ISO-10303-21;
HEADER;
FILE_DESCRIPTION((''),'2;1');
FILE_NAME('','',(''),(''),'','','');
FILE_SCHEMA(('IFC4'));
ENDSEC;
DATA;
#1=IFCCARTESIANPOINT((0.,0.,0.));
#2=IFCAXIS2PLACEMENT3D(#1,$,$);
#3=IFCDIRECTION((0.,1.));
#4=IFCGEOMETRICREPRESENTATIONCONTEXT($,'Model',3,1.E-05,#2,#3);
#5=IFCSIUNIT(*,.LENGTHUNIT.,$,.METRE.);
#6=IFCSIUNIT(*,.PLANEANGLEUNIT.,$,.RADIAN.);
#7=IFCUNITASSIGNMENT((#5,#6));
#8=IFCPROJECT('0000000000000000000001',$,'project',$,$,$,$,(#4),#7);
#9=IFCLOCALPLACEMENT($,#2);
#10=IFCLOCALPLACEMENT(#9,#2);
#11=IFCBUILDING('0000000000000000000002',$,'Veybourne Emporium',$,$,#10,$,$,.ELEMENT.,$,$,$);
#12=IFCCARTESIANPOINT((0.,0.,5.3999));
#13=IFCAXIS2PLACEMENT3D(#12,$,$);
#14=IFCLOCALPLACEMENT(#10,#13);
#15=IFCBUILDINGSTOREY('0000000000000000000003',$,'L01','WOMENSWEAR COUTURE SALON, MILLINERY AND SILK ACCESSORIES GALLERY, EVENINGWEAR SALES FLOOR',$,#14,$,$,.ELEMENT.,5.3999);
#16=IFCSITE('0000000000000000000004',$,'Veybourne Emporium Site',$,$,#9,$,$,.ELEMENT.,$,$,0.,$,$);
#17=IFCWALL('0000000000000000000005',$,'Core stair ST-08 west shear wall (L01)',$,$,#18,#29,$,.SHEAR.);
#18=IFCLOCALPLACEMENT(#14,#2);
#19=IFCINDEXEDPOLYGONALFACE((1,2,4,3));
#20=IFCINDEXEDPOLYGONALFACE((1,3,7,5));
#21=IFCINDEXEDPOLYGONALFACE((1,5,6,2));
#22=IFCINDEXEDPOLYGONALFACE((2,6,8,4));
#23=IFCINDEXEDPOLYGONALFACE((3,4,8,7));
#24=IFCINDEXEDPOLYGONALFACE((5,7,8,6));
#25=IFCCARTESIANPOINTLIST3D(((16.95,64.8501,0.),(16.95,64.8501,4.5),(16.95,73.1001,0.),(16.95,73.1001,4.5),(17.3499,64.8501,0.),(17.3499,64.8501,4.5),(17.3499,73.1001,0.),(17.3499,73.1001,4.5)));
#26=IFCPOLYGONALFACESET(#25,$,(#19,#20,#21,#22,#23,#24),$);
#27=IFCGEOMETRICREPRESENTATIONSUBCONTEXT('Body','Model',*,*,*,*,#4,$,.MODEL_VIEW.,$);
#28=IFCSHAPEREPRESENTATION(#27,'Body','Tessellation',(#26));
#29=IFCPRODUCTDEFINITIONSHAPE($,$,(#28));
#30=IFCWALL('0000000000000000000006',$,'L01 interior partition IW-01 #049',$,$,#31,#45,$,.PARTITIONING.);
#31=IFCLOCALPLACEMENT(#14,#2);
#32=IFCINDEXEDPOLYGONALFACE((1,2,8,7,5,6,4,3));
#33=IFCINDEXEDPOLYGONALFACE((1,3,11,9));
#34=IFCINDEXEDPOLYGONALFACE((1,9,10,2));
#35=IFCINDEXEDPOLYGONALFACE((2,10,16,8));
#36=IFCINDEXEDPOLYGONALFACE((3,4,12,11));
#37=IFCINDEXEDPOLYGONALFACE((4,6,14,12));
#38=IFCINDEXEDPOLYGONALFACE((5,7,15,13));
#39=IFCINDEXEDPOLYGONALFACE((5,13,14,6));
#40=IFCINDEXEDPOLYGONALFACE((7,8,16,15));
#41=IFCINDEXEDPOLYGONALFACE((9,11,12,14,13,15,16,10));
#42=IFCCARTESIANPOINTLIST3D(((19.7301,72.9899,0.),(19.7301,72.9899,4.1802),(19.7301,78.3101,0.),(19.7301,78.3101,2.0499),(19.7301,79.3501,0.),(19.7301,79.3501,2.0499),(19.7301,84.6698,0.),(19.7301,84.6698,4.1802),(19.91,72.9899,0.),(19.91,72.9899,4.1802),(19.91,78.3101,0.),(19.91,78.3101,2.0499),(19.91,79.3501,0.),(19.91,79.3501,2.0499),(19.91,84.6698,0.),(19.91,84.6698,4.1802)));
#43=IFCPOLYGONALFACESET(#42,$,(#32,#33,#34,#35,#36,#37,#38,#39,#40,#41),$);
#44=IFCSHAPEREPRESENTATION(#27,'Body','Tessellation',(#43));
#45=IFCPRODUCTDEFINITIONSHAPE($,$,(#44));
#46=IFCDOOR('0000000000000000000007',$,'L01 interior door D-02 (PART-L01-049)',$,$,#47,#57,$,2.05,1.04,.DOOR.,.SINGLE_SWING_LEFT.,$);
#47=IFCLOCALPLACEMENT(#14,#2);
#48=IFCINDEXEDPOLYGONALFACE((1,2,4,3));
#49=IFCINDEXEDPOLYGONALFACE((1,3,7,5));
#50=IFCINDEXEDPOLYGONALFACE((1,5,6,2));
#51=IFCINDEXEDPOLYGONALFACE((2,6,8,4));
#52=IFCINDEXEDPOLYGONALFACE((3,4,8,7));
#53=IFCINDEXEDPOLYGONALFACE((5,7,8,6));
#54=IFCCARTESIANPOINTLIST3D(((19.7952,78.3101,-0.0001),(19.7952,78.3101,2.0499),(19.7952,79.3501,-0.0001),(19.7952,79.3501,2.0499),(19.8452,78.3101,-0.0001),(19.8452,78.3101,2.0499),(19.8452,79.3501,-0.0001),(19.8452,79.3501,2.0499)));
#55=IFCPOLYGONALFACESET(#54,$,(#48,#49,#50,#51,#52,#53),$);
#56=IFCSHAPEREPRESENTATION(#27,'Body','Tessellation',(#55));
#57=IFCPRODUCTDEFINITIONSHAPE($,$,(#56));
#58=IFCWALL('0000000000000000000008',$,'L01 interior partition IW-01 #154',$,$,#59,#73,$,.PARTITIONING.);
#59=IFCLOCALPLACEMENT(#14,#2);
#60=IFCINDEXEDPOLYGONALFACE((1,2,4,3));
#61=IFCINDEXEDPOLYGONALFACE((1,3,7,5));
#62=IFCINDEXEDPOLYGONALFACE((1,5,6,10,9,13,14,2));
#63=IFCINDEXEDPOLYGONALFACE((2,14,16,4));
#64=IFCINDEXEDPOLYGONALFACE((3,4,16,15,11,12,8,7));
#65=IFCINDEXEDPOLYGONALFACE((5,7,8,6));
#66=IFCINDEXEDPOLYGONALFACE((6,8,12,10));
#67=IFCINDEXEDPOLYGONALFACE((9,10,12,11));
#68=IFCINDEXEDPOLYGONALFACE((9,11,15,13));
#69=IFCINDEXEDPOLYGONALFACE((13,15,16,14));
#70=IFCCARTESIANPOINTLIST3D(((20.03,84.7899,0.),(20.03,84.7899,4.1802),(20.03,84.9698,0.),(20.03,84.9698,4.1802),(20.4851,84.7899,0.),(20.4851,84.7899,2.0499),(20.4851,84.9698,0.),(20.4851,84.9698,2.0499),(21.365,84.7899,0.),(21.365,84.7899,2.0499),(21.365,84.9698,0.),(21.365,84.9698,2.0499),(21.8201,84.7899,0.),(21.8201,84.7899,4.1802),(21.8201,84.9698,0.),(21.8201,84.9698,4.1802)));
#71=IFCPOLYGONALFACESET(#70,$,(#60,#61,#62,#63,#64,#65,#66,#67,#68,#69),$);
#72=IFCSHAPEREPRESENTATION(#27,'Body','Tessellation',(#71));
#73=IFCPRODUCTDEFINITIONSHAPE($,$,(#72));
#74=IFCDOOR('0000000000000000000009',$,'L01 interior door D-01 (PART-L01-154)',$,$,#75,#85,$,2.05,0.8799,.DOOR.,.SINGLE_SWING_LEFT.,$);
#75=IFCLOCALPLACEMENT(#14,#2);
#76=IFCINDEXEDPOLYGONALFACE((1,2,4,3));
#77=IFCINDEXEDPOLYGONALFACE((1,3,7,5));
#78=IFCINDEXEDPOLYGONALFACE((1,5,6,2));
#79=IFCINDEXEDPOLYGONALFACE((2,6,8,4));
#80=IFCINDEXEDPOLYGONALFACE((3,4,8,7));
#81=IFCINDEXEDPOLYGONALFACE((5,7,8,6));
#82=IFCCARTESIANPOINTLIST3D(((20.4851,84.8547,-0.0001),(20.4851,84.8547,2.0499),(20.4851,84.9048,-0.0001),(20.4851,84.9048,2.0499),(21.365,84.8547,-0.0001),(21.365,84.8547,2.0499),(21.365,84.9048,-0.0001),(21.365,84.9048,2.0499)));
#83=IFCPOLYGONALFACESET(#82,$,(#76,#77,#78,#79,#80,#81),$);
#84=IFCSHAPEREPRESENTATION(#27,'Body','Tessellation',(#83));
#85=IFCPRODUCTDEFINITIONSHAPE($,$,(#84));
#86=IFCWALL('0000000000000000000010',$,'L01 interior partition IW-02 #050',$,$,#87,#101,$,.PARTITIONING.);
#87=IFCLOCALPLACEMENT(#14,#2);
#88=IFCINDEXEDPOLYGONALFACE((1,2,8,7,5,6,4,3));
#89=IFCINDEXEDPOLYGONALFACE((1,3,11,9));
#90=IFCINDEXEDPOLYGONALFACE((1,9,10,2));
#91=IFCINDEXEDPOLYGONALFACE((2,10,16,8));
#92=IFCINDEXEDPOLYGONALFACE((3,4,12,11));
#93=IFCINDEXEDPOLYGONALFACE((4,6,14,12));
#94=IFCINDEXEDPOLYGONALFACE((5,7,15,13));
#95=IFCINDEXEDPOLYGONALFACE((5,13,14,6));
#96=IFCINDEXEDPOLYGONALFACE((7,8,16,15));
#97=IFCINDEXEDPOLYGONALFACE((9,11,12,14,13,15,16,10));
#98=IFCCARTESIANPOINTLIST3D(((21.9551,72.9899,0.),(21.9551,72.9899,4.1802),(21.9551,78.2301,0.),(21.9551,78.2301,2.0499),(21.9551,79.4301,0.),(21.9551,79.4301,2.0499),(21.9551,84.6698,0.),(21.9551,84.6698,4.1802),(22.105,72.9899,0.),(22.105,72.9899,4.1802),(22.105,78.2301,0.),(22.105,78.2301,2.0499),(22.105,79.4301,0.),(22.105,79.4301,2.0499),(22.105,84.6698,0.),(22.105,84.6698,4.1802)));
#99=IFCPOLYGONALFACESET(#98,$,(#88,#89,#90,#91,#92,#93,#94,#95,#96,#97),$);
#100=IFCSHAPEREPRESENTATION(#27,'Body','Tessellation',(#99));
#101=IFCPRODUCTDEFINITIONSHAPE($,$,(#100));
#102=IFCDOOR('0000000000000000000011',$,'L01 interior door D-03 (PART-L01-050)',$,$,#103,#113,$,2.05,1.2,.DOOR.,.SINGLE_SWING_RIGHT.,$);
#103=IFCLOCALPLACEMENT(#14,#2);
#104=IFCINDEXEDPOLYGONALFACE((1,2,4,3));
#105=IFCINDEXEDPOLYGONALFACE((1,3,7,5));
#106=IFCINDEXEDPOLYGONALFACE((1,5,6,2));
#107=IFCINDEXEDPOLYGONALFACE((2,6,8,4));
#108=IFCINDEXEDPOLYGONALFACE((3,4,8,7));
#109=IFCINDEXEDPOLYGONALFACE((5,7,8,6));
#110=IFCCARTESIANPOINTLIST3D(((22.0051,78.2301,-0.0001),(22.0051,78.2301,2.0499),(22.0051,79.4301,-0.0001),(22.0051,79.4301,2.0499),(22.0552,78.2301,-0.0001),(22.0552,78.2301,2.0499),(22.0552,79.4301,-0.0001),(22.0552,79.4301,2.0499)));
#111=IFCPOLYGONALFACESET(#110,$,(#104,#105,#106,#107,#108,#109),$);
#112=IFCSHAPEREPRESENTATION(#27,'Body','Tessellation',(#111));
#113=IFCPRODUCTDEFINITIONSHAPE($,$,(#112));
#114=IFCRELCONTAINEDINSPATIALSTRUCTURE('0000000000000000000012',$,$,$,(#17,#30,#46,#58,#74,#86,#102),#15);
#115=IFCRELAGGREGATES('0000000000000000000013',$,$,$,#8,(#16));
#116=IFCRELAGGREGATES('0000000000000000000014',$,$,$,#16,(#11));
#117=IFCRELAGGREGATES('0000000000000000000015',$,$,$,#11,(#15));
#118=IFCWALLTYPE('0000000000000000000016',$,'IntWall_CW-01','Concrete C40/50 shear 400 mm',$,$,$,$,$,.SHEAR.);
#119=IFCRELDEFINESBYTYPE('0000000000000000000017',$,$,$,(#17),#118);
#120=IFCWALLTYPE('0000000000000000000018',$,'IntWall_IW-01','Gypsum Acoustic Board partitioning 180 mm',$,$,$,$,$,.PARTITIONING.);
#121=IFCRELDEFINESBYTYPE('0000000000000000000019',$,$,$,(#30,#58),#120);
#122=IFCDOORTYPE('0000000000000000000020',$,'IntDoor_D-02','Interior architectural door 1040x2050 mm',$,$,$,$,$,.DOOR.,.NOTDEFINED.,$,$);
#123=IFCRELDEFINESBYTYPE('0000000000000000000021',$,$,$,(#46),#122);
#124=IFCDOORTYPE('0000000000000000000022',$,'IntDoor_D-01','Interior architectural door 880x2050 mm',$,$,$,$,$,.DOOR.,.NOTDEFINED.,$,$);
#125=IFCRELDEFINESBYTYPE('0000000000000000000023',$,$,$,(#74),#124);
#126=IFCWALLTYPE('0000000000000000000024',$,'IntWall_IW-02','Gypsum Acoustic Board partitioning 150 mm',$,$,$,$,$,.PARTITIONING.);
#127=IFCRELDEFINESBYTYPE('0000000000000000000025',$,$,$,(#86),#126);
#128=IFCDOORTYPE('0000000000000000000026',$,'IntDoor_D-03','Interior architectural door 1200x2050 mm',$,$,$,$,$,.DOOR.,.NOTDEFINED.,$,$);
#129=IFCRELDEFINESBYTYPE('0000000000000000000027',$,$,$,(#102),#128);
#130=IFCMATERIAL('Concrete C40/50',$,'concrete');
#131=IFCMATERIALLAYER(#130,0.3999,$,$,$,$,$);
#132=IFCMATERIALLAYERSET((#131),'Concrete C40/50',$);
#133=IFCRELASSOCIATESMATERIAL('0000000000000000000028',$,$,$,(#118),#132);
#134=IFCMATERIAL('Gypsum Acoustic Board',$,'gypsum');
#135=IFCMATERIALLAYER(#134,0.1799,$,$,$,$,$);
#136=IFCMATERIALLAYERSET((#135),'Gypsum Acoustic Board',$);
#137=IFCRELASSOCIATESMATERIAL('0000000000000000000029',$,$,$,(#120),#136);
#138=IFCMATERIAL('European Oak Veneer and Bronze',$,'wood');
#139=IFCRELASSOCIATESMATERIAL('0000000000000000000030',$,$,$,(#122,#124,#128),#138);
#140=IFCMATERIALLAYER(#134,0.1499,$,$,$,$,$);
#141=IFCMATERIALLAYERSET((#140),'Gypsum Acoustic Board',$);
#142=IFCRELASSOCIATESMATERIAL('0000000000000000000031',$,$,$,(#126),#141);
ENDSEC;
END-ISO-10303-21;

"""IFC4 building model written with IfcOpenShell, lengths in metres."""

from ifc_helpers import new_model, si_unit, direction, frame, frame_2d, origin, place, context, subcontext, project, spatial, rectangle, extrude, material, layer, layer_set, type_object, element, fill, save


model = new_model("IFC4")

# Units and contexts
model_context = context("Model", 3, precision=1e-05, world=origin(), true_north=direction((0.0, 1.0)))
body_context = subcontext(model_context, "Body", "Model", "MODEL_VIEW")
ifc_project = project(units=[si_unit("LENGTHUNIT", "METRE"), si_unit("PLANEANGLEUNIT", "RADIAN")], contexts=[model_context])

# Site, building, storey
site_placement = place(None, origin())
site = spatial("IfcSite", under=ifc_project, at=site_placement, Name="Veybourne Emporium Site", CompositionType="ELEMENT", RefElevation=0.0)
building_placement = place(site_placement, origin())
building = spatial("IfcBuilding", under=site, at=building_placement, Name="Veybourne Emporium", CompositionType="ELEMENT")
storey_placement = place(building_placement, frame((0.0, 0.0, 5.3999)))
storey = spatial("IfcBuildingStorey", under=building, at=storey_placement, Name="L01", Description="WOMENSWEAR COUTURE SALON, MILLINERY AND SILK ACCESSORIES GALLERY, EVENINGWEAR SALES FLOOR", CompositionType="ELEMENT", Elevation=5.3999)

# Shared definitions
ifc_material_1 = material(Name="Concrete C40/50", Category="concrete")

# Wall
ifc_layer_1 = layer(ifc_material_1, 0.3999)
ifc_layer_set_1 = layer_set([ifc_layer_1], Name="Concrete C40/50")
wall_type_1 = type_object("IfcWallType", Name="IntWall_CW-01", Description="Concrete C40/50 shear 400 mm", PredefinedType="SHEAR", material=ifc_layer_set_1)
wall_1_placement = place(storey_placement, frame((17.1499, 73.1001, 0.0), z_axis=(0.0, 0.0, 1.0), x_axis=(0.0, -1.0, 0.0)))
element("IfcWall", 1, at=wall_1_placement, inside=storey, type_object=wall_type_1, Name="Core stair ST-08 west shear wall (L01)", PredefinedType="SHEAR", context=body_context, shape_type="SweptSolid", body=[
    extrude(rectangle(XDim=8.25, YDim=0.3999, at=frame_2d((4.125, 0.0))), origin(), (0.0, 0.0, 1.0), 4.5),
])

# Walls, openings, doors
ifc_material_2 = material(Name="Gypsum Acoustic Board", Category="gypsum")
ifc_layer_2 = layer(ifc_material_2, 0.1799)
ifc_layer_set_2 = layer_set([ifc_layer_2], Name="Gypsum Acoustic Board")
wall_type_2 = type_object("IfcWallType", Name="IntWall_IW-01", Description="Gypsum Acoustic Board partitioning 180 mm", PredefinedType="PARTITIONING", material=ifc_layer_set_2)
wall_2_placement = place(storey_placement, frame((19.8201, 72.99, 0.0), z_axis=(0.0, 0.0, 1.0), x_axis=(0.0, 1.0, 0.0)))
wall_2 = element("IfcWall", 2, at=wall_2_placement, inside=storey, type_object=wall_type_2, Name="L01 interior partition IW-01 #049", PredefinedType="PARTITIONING", context=body_context, shape_type="SweptSolid", body=[
    extrude(rectangle(XDim=11.6799, YDim=0.1799, at=frame_2d((5.8398, 0.0))), origin(), (0.0, 0.0, 1.0), 4.1802),
])
opening_1_placement = place(wall_2_placement, frame((5.3201, 0.0, 0.0)))
opening_1 = element("IfcOpeningElement", 3, at=opening_1_placement, cuts=wall_2, PredefinedType="OPENING", context=body_context, shape_type="SweptSolid", body=[
    extrude(rectangle(XDim=1.04, YDim=2.05, at=frame_2d((0.52, 1.0249))), frame((0.0, 0.1099, 0.0), z_axis=(0.0, -1.0, 0.0), x_axis=(1.0, 0.0, 0.0)), (0.0, 0.0, 1.0), 0.22),
])
ifc_material_3 = material(Name="European Oak Veneer and Bronze", Category="wood")
door_type_1 = type_object("IfcDoorType", Name="IntDoor_D-02", Description="Interior architectural door 1040x2050 mm", OperationType="NOTDEFINED", PredefinedType="DOOR", material=ifc_material_3)
door_1_placement = place(opening_1_placement, origin())
door_1 = element("IfcDoor", 4, at=door_1_placement, inside=storey, type_object=door_type_1, Name="L01 interior door D-02 (PART-L01-049)", OperationType="SINGLE_SWING_LEFT", OverallHeight=2.05, OverallWidth=1.04, PredefinedType="DOOR", context=body_context, shape_type="SweptSolid", body=[
    extrude(rectangle(XDim=1.04, YDim=2.05, at=frame_2d((0.52, 1.0249))), frame((0.0, 0.0249, 0.0), z_axis=(0.0, -1.0, 0.0), x_axis=(1.0, 0.0, 0.0)), (0.0, 0.0, 1.0), 0.05),
])
fill(opening_1, door_1)
wall_3_placement = place(storey_placement, frame((20.03, 84.8799, 0.0), z_axis=(0.0, 0.0, 1.0), x_axis=(1.0, 0.0, 0.0)))
wall_3 = element("IfcWall", 5, at=wall_3_placement, inside=storey, type_object=wall_type_2, Name="L01 interior partition IW-01 #154", PredefinedType="PARTITIONING", context=body_context, shape_type="SweptSolid", body=[
    extrude(rectangle(XDim=1.79, YDim=0.1799, at=frame_2d((0.895, 0.0))), origin(), (0.0, 0.0, 1.0), 4.1802),
])
opening_2_placement = place(wall_3_placement, frame((0.4551, 0.0, 0.0)))
opening_2 = element("IfcOpeningElement", 6, at=opening_2_placement, cuts=wall_3, PredefinedType="OPENING", context=body_context, shape_type="SweptSolid", body=[
    extrude(rectangle(XDim=0.8799, YDim=2.05, at=frame_2d((0.4399, 1.0249))), frame((0.0, 0.1099, 0.0), z_axis=(0.0, -1.0, 0.0), x_axis=(1.0, 0.0, 0.0)), (0.0, 0.0, 1.0), 0.22),
])
door_type_2 = type_object("IfcDoorType", Name="IntDoor_D-01", Description="Interior architectural door 880x2050 mm", OperationType="NOTDEFINED", PredefinedType="DOOR", material=ifc_material_3)
door_2_placement = place(opening_2_placement, origin())
door_2 = element("IfcDoor", 7, at=door_2_placement, inside=storey, type_object=door_type_2, Name="L01 interior door D-01 (PART-L01-154)", OperationType="SINGLE_SWING_LEFT", OverallHeight=2.05, OverallWidth=0.8799, PredefinedType="DOOR", context=body_context, shape_type="SweptSolid", body=[
    extrude(rectangle(XDim=0.8799, YDim=2.05, at=frame_2d((0.4399, 1.0249))), frame((0.0, 0.0249, 0.0), z_axis=(0.0, -1.0, 0.0), x_axis=(1.0, 0.0, 0.0)), (0.0, 0.0, 1.0), 0.05),
])
fill(opening_2, door_2)
ifc_layer_3 = layer(ifc_material_2, 0.1499)
ifc_layer_set_3 = layer_set([ifc_layer_3], Name="Gypsum Acoustic Board")
wall_type_3 = type_object("IfcWallType", Name="IntWall_IW-02", Description="Gypsum Acoustic Board partitioning 150 mm", PredefinedType="PARTITIONING", material=ifc_layer_set_3)
wall_4_placement = place(storey_placement, frame((22.03, 72.99, 0.0), z_axis=(0.0, 0.0, 1.0), x_axis=(0.0, 1.0, 0.0)))
wall_4 = element("IfcWall", 8, at=wall_4_placement, inside=storey, type_object=wall_type_3, Name="L01 interior partition IW-02 #050", PredefinedType="PARTITIONING", context=body_context, shape_type="SweptSolid", body=[
    extrude(rectangle(XDim=11.6799, YDim=0.1499, at=frame_2d((5.8398, 0.0))), origin(), (0.0, 0.0, 1.0), 4.1802),
])
opening_3_placement = place(wall_4_placement, frame((5.24, 0.0, 0.0)))
opening_3 = element("IfcOpeningElement", 9, at=opening_3_placement, cuts=wall_4, PredefinedType="OPENING", context=body_context, shape_type="SweptSolid", body=[
    extrude(rectangle(XDim=1.2, YDim=2.05, at=frame_2d((0.6001, 1.0249))), frame((0.0, 0.095, 0.0), z_axis=(0.0, -1.0, 0.0), x_axis=(1.0, 0.0, 0.0)), (0.0, 0.0, 1.0), 0.1899),
])
door_type_3 = type_object("IfcDoorType", Name="IntDoor_D-03", Description="Interior architectural door 1200x2050 mm", OperationType="NOTDEFINED", PredefinedType="DOOR", material=ifc_material_3)
door_3_placement = place(opening_3_placement, origin())
door_3 = element("IfcDoor", 10, at=door_3_placement, inside=storey, type_object=door_type_3, Name="L01 interior door D-03 (PART-L01-050)", OperationType="SINGLE_SWING_RIGHT", OverallHeight=2.05, OverallWidth=1.2, PredefinedType="DOOR", context=body_context, shape_type="SweptSolid", body=[
    extrude(rectangle(XDim=1.2, YDim=2.05, at=frame_2d((0.6001, 1.0249))), frame((0.0, 0.0249, 0.0), z_axis=(0.0, -1.0, 0.0), x_axis=(1.0, 0.0, 0.0)), (0.0, 0.0, 1.0), 0.05),
])
fill(opening_3, door_3)

save(model, "model.ifc")
